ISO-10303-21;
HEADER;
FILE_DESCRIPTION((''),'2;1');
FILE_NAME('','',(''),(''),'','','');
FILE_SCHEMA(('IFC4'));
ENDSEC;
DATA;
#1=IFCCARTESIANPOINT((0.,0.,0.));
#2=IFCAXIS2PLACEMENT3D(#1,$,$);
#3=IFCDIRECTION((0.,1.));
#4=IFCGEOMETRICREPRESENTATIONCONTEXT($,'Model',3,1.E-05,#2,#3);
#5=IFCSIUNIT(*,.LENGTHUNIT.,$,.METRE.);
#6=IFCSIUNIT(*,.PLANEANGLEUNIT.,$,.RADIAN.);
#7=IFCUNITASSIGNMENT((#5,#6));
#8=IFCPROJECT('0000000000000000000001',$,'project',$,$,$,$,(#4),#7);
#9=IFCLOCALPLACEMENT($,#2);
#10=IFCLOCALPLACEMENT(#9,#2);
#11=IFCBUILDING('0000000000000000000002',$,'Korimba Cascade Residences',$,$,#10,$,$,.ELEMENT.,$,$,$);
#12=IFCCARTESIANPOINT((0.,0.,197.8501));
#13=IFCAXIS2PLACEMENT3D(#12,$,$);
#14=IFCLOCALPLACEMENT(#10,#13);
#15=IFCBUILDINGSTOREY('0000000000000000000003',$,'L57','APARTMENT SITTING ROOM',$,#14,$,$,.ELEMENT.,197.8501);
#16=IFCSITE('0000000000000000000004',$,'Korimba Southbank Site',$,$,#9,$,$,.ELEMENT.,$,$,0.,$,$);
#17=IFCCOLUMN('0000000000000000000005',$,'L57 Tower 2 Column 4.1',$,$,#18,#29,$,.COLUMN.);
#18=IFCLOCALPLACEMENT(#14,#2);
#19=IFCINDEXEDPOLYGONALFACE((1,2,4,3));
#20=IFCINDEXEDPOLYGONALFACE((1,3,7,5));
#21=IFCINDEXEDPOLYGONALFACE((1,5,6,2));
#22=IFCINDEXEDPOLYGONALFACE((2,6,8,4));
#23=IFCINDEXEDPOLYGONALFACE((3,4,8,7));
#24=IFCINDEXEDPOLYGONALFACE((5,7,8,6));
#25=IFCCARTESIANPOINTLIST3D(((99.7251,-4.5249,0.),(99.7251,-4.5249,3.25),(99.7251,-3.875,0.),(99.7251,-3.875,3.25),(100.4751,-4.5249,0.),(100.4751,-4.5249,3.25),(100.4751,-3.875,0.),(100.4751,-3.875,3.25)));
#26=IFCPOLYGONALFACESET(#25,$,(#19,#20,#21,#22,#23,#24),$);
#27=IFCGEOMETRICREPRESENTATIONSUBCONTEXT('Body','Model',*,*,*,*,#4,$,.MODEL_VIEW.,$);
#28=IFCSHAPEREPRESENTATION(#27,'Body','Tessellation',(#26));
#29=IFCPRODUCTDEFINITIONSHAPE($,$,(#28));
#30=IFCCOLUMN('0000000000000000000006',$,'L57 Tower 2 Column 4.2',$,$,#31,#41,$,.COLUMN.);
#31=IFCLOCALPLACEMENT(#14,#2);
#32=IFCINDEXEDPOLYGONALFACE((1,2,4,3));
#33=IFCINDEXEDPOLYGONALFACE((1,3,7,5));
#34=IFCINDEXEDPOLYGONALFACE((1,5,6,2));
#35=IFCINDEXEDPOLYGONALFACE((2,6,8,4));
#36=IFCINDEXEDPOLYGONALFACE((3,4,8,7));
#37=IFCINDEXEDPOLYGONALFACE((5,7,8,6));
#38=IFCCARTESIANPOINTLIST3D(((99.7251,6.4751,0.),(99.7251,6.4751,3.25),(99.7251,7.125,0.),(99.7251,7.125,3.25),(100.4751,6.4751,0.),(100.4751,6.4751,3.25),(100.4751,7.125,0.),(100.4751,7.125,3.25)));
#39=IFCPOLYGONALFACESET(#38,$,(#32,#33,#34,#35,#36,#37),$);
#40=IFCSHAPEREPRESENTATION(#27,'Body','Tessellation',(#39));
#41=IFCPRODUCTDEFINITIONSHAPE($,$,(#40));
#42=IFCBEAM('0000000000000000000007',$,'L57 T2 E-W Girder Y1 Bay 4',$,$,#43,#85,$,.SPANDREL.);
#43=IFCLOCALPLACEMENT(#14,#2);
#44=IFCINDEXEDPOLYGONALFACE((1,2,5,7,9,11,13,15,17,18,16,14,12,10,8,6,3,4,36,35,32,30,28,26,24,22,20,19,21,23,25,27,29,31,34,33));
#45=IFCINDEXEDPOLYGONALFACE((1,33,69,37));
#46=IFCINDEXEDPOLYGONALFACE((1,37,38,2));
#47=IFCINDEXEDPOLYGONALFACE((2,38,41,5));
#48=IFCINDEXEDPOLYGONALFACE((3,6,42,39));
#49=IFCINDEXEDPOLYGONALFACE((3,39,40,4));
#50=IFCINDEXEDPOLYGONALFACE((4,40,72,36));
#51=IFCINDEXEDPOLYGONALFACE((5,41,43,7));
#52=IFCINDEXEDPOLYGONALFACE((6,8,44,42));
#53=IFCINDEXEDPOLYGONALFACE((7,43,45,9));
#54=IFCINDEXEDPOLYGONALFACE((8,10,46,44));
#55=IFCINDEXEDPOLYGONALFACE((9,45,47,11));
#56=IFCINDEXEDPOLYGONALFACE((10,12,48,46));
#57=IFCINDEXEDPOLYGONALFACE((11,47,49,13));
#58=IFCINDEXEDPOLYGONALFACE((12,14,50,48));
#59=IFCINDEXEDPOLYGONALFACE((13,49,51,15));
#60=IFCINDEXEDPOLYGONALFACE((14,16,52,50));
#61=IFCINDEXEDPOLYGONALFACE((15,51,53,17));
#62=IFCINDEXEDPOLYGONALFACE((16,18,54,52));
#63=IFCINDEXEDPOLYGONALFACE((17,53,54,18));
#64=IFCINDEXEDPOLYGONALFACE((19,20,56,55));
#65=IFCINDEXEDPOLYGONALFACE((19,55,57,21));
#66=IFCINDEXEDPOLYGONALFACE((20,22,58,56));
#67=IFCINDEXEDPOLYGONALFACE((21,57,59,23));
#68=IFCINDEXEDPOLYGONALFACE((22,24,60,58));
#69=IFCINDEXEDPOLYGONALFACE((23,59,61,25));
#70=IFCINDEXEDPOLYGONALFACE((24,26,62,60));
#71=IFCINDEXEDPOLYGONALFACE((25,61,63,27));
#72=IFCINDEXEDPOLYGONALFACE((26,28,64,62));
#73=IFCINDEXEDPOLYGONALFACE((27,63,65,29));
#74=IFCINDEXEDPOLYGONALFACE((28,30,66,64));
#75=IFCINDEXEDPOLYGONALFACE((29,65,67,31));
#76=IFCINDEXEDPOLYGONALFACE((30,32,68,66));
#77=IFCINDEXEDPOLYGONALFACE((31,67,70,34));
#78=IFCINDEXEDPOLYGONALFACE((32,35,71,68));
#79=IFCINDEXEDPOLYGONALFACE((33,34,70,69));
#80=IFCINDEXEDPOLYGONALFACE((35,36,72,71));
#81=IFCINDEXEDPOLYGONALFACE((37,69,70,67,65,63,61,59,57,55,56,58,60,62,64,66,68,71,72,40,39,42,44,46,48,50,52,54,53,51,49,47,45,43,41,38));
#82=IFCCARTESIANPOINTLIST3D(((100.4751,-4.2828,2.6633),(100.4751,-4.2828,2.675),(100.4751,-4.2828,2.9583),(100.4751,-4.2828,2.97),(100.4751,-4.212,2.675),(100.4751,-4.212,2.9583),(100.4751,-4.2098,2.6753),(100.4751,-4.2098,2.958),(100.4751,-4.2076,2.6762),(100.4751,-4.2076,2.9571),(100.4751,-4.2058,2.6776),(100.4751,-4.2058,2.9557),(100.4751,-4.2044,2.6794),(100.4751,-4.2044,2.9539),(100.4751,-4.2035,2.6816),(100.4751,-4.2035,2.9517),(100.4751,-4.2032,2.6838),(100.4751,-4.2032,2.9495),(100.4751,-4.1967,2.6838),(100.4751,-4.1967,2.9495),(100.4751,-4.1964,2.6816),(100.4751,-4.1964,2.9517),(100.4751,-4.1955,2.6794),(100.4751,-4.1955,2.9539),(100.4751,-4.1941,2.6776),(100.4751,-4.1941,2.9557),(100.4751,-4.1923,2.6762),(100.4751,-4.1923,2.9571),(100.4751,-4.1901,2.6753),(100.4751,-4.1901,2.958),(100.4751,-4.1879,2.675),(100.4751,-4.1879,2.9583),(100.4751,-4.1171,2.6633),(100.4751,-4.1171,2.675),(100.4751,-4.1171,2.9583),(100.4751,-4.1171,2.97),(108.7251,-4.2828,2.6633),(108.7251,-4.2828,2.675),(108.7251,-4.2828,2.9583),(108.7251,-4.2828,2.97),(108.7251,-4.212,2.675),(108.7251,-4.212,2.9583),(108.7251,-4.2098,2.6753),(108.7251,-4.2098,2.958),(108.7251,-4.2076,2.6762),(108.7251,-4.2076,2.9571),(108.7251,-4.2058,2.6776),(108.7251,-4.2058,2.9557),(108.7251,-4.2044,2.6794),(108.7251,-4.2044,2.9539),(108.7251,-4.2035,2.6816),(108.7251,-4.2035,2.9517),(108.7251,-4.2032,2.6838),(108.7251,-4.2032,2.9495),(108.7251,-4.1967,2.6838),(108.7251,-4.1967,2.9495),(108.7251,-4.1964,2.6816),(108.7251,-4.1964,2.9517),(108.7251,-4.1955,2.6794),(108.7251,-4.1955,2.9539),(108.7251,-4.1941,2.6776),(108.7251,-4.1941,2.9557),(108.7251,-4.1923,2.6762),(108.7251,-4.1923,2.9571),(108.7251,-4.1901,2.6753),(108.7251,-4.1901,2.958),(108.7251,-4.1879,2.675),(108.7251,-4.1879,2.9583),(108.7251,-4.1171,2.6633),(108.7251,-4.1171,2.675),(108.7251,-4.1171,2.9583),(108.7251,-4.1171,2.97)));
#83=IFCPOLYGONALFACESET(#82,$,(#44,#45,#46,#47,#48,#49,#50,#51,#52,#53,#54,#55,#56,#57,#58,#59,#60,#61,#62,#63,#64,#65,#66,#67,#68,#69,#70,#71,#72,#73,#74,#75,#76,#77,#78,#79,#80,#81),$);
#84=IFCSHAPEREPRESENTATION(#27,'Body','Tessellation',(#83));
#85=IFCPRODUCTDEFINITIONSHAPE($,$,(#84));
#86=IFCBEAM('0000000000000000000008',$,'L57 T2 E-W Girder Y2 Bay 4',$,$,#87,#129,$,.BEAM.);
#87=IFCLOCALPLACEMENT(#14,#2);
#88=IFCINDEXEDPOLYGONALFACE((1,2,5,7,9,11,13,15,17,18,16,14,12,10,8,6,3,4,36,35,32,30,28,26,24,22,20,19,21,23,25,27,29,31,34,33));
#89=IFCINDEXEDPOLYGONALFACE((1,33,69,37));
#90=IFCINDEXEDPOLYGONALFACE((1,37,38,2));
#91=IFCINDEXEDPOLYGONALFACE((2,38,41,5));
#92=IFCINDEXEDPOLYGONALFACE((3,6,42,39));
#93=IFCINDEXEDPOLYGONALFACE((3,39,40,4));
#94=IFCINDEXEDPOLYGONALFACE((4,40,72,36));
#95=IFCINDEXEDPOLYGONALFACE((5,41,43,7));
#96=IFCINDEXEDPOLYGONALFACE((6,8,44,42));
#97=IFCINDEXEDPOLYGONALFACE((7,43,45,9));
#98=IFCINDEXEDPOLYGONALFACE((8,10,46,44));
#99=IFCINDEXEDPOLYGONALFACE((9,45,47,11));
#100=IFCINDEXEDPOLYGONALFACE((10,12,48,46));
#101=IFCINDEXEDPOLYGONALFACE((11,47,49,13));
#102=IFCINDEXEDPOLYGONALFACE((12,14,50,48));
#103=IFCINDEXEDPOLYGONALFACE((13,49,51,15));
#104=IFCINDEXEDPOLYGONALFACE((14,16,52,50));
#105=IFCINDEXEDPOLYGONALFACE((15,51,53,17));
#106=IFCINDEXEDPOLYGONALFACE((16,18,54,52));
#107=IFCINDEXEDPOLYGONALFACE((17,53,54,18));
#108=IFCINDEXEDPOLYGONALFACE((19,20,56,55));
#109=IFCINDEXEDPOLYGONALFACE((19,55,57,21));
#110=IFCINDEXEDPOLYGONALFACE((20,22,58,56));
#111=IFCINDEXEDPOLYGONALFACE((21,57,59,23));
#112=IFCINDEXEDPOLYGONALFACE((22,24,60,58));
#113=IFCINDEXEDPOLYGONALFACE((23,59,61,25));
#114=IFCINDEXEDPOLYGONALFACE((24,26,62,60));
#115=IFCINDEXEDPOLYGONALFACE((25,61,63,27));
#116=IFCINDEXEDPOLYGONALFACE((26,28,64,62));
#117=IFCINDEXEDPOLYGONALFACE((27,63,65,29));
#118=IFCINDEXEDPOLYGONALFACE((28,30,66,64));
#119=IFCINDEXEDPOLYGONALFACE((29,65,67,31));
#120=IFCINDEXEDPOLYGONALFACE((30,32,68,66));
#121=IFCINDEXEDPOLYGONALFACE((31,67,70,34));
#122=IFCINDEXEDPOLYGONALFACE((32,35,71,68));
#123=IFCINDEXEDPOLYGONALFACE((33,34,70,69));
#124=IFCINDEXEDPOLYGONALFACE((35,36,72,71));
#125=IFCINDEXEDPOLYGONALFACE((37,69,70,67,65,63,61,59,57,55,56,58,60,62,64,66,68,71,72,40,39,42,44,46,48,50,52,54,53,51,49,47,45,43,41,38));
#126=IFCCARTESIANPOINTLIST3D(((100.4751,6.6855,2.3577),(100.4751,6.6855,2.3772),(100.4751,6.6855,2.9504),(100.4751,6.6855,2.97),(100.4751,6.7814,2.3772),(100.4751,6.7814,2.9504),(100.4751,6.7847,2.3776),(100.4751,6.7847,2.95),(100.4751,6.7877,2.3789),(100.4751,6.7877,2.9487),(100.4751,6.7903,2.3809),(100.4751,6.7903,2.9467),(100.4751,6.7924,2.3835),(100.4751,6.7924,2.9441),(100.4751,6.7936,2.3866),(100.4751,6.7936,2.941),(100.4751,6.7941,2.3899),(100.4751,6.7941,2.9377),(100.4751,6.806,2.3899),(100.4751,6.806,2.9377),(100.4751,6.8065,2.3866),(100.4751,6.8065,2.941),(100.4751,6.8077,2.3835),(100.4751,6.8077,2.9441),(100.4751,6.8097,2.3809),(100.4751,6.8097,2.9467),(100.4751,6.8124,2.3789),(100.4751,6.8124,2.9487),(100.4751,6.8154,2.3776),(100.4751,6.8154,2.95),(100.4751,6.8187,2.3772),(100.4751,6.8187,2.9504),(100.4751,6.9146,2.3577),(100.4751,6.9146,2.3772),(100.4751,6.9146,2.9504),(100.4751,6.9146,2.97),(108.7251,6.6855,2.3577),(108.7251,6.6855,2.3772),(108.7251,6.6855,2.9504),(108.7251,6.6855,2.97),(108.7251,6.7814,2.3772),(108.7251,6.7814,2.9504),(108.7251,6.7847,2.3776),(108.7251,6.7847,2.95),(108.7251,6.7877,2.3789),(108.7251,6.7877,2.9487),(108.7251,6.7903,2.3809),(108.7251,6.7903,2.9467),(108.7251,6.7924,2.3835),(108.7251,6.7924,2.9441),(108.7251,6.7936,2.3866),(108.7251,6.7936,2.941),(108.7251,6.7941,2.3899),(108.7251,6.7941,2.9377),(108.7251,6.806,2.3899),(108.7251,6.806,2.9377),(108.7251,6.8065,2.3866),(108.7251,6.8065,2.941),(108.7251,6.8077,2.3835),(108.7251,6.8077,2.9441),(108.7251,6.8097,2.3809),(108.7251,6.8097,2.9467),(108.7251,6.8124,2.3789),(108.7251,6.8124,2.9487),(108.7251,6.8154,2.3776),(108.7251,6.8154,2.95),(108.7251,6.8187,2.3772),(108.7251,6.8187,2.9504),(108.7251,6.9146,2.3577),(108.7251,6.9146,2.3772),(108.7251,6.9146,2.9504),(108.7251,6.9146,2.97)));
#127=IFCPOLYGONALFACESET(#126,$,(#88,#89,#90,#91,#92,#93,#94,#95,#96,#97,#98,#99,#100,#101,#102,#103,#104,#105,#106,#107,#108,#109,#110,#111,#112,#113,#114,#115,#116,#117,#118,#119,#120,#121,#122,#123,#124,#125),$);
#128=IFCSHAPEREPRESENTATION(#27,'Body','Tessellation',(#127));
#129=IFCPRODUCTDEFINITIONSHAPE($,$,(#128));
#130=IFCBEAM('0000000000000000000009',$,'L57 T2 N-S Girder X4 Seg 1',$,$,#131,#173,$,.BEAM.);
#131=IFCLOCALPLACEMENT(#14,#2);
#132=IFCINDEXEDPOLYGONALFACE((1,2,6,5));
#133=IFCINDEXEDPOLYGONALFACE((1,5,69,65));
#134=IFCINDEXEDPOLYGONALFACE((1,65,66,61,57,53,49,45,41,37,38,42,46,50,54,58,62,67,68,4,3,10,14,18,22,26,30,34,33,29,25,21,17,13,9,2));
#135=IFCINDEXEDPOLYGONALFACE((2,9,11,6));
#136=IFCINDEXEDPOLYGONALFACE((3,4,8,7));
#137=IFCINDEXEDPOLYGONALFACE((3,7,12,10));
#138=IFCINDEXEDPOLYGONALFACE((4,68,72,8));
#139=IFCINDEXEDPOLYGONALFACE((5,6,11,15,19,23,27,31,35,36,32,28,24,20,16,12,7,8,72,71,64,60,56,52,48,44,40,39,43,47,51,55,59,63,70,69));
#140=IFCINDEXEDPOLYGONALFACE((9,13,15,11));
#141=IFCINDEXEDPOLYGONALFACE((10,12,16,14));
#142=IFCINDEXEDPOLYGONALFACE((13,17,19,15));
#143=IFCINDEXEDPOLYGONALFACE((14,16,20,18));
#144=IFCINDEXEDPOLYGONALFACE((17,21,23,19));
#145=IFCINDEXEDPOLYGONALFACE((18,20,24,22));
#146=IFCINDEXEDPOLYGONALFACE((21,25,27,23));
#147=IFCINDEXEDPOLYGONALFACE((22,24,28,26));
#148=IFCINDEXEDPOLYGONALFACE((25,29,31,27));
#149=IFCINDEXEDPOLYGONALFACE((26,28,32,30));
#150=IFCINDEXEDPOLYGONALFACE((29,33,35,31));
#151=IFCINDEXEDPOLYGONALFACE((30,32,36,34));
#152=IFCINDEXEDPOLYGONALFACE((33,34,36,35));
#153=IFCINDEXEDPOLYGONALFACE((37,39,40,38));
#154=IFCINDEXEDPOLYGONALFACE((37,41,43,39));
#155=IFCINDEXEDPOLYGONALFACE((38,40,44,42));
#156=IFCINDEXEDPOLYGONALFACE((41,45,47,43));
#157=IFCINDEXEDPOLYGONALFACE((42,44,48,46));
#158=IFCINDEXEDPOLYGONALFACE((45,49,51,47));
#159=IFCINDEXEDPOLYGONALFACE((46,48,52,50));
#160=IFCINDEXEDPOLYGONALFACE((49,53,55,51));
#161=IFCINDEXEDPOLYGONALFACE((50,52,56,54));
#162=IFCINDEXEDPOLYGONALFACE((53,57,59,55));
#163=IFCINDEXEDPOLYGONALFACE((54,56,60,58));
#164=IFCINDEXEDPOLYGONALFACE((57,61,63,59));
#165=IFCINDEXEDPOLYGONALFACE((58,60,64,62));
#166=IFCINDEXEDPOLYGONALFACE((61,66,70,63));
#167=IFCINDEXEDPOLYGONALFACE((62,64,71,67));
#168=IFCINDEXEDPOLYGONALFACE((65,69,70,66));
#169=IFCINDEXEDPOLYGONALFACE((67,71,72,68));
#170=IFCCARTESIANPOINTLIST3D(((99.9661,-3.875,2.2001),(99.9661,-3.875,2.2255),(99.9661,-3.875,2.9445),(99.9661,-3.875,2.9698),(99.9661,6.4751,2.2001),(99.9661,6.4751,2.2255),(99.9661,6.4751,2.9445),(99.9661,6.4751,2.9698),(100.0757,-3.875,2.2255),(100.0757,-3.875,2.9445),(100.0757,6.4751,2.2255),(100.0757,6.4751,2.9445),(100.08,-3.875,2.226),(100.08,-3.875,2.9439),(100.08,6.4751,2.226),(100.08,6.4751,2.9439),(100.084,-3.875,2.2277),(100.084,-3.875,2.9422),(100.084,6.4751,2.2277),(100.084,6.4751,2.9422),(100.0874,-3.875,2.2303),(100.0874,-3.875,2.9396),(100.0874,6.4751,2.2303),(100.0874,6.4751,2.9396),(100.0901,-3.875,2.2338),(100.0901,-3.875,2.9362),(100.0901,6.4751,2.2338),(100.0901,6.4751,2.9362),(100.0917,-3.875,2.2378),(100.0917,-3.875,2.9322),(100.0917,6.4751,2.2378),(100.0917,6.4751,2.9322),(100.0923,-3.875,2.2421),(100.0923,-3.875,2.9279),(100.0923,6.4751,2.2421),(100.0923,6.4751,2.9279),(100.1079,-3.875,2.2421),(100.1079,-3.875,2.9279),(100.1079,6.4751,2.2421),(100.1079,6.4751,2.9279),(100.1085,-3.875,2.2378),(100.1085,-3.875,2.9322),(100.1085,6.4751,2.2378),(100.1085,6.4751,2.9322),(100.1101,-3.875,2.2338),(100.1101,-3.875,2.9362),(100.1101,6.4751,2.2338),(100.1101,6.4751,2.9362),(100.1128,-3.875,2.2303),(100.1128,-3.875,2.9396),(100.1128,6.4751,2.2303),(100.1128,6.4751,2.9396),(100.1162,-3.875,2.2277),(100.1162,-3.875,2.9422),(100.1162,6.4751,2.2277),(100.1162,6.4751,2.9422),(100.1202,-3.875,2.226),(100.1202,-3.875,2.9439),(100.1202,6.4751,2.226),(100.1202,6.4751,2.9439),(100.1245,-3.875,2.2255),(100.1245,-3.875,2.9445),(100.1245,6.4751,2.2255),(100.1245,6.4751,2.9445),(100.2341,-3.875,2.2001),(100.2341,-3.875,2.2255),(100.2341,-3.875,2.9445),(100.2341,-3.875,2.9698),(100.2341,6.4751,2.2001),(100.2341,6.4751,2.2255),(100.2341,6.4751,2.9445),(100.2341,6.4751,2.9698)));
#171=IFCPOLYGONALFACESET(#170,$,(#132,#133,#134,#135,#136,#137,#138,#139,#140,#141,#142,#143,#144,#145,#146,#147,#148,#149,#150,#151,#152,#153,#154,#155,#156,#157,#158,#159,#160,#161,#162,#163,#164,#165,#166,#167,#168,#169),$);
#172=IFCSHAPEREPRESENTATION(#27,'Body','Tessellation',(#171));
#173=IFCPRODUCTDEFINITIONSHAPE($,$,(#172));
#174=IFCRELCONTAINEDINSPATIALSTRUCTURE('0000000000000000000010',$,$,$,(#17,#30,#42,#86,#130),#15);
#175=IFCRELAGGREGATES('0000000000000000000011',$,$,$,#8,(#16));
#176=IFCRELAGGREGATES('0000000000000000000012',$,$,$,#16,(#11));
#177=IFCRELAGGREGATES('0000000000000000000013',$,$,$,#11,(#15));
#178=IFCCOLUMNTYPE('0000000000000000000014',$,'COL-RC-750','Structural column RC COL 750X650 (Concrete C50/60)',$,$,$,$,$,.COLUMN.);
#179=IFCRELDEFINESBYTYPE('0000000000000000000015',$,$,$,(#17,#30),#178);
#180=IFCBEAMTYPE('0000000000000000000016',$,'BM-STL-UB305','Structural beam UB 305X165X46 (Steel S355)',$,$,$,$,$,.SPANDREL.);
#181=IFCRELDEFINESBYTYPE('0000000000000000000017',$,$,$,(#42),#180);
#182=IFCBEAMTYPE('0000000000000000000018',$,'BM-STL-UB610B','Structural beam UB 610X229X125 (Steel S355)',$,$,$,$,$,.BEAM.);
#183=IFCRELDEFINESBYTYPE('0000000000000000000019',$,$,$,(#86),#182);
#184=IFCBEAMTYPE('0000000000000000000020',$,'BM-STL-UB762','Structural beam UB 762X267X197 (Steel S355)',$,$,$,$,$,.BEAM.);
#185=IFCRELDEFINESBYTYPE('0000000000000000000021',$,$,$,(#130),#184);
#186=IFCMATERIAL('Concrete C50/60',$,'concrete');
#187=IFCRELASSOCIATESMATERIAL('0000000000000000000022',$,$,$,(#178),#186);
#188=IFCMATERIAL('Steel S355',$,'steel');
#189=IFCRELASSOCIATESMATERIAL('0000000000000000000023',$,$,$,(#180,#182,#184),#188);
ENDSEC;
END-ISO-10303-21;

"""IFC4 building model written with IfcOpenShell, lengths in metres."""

from ifc_helpers import new_model, si_unit, direction, frame, origin, origin_2d, place, context, subcontext, project, spatial, rectangle, i_section, extrude, material, material_profile, profile_set, type_object, element, save


model = new_model("IFC4")

# Units and contexts
model_context = context("Model", 3, precision=1e-05, world=origin(), true_north=direction((0.0, 1.0)))
body_context = subcontext(model_context, "Body", "Model", "MODEL_VIEW")
ifc_project = project(units=[si_unit("LENGTHUNIT", "METRE"), si_unit("PLANEANGLEUNIT", "RADIAN")], contexts=[model_context])

# Site, building, storey
site_placement = place(None, origin())
site = spatial("IfcSite", under=ifc_project, at=site_placement, Name="Korimba Southbank Site", CompositionType="ELEMENT", RefElevation=0.0)
building_placement = place(site_placement, origin())
building = spatial("IfcBuilding", under=site, at=building_placement, Name="Korimba Cascade Residences", CompositionType="ELEMENT")
storey_placement = place(building_placement, frame((0.0, 0.0, 197.8501)))
storey = spatial("IfcBuildingStorey", under=building, at=storey_placement, Name="L57", Description="APARTMENT SITTING ROOM", CompositionType="ELEMENT", Elevation=197.8501)

# Columns
ifc_material_1 = material(Name="Concrete C50/60", Category="concrete")
ifc_material_profile_1 = material_profile(ifc_material_1, rectangle(XDim=0.75, YDim=0.6499, at=origin_2d()), Name="Concrete C50/60")
ifc_profile_set_1 = profile_set([ifc_material_profile_1], Name="Concrete C50/60")
column_type = type_object("IfcColumnType", Name="COL-RC-750", Description="Structural column RC COL 750X650 (Concrete C50/60)", PredefinedType="COLUMN", material=ifc_profile_set_1)
for number, where, z_axis, x_axis, name in (
    (1, (100.1001, -4.2, 0.0), (0.0, 0.0, 1.0), (1.0, 0.0, 0.0), "L57 Tower 2 Column 4.1"),
    (2, (100.1001, 6.8, 0.0), (0.0, 0.0, 1.0), (1.0, 0.0, 0.0), "L57 Tower 2 Column 4.2"),
):
    element("IfcColumn", number, at=place(storey_placement, frame(where, z_axis=z_axis, x_axis=x_axis)), inside=storey, type_object=column_type, Name=name, PredefinedType="COLUMN", context=body_context, shape_type="SweptSolid", body=[
        extrude(rectangle(XDim=0.75, YDim=0.6499, at=origin_2d()), origin(), (0.0, 0.0, 1.0), 3.25),
    ])

# Beams
ifc_material_2 = material(Name="Steel S355", Category="steel")
ifc_material_profile_2 = material_profile(ifc_material_2, i_section(OverallWidth=0.1658, OverallDepth=0.3066, WebThickness=0.0066, FlangeThickness=0.0117, FilletRadius=0.0088, at=origin_2d()), Name="Steel S355")
ifc_profile_set_2 = profile_set([ifc_material_profile_2], Name="Steel S355")
beam_type_1 = type_object("IfcBeamType", Name="BM-STL-UB305", Description="Structural beam UB 305X165X46 (Steel S355)", PredefinedType="SPANDREL", material=ifc_profile_set_2)
beam_1_placement = place(storey_placement, frame((100.4751, -4.2, 2.8167), z_axis=(1.0, 0.0, 0.0), x_axis=(0.0, 1.0, 0.0)))
element("IfcBeam", 3, at=beam_1_placement, inside=storey, type_object=beam_type_1, Name="L57 T2 E-W Girder Y1 Bay 4", PredefinedType="SPANDREL", context=body_context, shape_type="SweptSolid", body=[
    extrude(i_section(OverallWidth=0.1658, OverallDepth=0.3066, WebThickness=0.0066, FlangeThickness=0.0117, FilletRadius=0.0088, at=origin_2d()), origin(), (0.0, 0.0, 1.0), 8.25),
])
ifc_material_profile_3 = material_profile(ifc_material_2, i_section(OverallWidth=0.229, OverallDepth=0.6123, WebThickness=0.012, FlangeThickness=0.0195, FilletRadius=0.0127, at=origin_2d()), Name="Steel S355")
ifc_profile_set_3 = profile_set([ifc_material_profile_3], Name="Steel S355")
beam_type_2 = type_object("IfcBeamType", Name="BM-STL-UB610B", Description="Structural beam UB 610X229X125 (Steel S355)", PredefinedType="BEAM", material=ifc_profile_set_3)
beam_2_placement = place(storey_placement, frame((100.4751, 6.8, 2.6638), z_axis=(1.0, 0.0, 0.0), x_axis=(0.0, 1.0, 0.0)))
element("IfcBeam", 4, at=beam_2_placement, inside=storey, type_object=beam_type_2, Name="L57 T2 E-W Girder Y2 Bay 4", PredefinedType="BEAM", context=body_context, shape_type="SweptSolid", body=[
    extrude(i_section(OverallWidth=0.229, OverallDepth=0.6123, WebThickness=0.012, FlangeThickness=0.0195, FilletRadius=0.0127, at=origin_2d()), origin(), (0.0, 0.0, 1.0), 8.25),
])
ifc_material_profile_4 = material_profile(ifc_material_2, i_section(OverallWidth=0.2681, OverallDepth=0.7698, WebThickness=0.0156, FlangeThickness=0.0254, FilletRadius=0.0166, at=origin_2d()), Name="Steel S355")
ifc_profile_set_4 = profile_set([ifc_material_profile_4], Name="Steel S355")
beam_type_3 = type_object("IfcBeamType", Name="BM-STL-UB762", Description="Structural beam UB 762X267X197 (Steel S355)", PredefinedType="BEAM", material=ifc_profile_set_4)
beam_3_placement = place(storey_placement, frame((100.1001, -3.875, 2.585), z_axis=(0.0, 1.0, 0.0), x_axis=(-1.0, 0.0, 0.0)))
element("IfcBeam", 5, at=beam_3_placement, inside=storey, type_object=beam_type_3, Name="L57 T2 N-S Girder X4 Seg 1", PredefinedType="BEAM", context=body_context, shape_type="SweptSolid", body=[
    extrude(i_section(OverallWidth=0.2681, OverallDepth=0.7698, WebThickness=0.0156, FlangeThickness=0.0254, FilletRadius=0.0166, at=origin_2d()), origin(), (0.0, 0.0, 1.0), 10.3501),
])

save(model, "model.ifc")
